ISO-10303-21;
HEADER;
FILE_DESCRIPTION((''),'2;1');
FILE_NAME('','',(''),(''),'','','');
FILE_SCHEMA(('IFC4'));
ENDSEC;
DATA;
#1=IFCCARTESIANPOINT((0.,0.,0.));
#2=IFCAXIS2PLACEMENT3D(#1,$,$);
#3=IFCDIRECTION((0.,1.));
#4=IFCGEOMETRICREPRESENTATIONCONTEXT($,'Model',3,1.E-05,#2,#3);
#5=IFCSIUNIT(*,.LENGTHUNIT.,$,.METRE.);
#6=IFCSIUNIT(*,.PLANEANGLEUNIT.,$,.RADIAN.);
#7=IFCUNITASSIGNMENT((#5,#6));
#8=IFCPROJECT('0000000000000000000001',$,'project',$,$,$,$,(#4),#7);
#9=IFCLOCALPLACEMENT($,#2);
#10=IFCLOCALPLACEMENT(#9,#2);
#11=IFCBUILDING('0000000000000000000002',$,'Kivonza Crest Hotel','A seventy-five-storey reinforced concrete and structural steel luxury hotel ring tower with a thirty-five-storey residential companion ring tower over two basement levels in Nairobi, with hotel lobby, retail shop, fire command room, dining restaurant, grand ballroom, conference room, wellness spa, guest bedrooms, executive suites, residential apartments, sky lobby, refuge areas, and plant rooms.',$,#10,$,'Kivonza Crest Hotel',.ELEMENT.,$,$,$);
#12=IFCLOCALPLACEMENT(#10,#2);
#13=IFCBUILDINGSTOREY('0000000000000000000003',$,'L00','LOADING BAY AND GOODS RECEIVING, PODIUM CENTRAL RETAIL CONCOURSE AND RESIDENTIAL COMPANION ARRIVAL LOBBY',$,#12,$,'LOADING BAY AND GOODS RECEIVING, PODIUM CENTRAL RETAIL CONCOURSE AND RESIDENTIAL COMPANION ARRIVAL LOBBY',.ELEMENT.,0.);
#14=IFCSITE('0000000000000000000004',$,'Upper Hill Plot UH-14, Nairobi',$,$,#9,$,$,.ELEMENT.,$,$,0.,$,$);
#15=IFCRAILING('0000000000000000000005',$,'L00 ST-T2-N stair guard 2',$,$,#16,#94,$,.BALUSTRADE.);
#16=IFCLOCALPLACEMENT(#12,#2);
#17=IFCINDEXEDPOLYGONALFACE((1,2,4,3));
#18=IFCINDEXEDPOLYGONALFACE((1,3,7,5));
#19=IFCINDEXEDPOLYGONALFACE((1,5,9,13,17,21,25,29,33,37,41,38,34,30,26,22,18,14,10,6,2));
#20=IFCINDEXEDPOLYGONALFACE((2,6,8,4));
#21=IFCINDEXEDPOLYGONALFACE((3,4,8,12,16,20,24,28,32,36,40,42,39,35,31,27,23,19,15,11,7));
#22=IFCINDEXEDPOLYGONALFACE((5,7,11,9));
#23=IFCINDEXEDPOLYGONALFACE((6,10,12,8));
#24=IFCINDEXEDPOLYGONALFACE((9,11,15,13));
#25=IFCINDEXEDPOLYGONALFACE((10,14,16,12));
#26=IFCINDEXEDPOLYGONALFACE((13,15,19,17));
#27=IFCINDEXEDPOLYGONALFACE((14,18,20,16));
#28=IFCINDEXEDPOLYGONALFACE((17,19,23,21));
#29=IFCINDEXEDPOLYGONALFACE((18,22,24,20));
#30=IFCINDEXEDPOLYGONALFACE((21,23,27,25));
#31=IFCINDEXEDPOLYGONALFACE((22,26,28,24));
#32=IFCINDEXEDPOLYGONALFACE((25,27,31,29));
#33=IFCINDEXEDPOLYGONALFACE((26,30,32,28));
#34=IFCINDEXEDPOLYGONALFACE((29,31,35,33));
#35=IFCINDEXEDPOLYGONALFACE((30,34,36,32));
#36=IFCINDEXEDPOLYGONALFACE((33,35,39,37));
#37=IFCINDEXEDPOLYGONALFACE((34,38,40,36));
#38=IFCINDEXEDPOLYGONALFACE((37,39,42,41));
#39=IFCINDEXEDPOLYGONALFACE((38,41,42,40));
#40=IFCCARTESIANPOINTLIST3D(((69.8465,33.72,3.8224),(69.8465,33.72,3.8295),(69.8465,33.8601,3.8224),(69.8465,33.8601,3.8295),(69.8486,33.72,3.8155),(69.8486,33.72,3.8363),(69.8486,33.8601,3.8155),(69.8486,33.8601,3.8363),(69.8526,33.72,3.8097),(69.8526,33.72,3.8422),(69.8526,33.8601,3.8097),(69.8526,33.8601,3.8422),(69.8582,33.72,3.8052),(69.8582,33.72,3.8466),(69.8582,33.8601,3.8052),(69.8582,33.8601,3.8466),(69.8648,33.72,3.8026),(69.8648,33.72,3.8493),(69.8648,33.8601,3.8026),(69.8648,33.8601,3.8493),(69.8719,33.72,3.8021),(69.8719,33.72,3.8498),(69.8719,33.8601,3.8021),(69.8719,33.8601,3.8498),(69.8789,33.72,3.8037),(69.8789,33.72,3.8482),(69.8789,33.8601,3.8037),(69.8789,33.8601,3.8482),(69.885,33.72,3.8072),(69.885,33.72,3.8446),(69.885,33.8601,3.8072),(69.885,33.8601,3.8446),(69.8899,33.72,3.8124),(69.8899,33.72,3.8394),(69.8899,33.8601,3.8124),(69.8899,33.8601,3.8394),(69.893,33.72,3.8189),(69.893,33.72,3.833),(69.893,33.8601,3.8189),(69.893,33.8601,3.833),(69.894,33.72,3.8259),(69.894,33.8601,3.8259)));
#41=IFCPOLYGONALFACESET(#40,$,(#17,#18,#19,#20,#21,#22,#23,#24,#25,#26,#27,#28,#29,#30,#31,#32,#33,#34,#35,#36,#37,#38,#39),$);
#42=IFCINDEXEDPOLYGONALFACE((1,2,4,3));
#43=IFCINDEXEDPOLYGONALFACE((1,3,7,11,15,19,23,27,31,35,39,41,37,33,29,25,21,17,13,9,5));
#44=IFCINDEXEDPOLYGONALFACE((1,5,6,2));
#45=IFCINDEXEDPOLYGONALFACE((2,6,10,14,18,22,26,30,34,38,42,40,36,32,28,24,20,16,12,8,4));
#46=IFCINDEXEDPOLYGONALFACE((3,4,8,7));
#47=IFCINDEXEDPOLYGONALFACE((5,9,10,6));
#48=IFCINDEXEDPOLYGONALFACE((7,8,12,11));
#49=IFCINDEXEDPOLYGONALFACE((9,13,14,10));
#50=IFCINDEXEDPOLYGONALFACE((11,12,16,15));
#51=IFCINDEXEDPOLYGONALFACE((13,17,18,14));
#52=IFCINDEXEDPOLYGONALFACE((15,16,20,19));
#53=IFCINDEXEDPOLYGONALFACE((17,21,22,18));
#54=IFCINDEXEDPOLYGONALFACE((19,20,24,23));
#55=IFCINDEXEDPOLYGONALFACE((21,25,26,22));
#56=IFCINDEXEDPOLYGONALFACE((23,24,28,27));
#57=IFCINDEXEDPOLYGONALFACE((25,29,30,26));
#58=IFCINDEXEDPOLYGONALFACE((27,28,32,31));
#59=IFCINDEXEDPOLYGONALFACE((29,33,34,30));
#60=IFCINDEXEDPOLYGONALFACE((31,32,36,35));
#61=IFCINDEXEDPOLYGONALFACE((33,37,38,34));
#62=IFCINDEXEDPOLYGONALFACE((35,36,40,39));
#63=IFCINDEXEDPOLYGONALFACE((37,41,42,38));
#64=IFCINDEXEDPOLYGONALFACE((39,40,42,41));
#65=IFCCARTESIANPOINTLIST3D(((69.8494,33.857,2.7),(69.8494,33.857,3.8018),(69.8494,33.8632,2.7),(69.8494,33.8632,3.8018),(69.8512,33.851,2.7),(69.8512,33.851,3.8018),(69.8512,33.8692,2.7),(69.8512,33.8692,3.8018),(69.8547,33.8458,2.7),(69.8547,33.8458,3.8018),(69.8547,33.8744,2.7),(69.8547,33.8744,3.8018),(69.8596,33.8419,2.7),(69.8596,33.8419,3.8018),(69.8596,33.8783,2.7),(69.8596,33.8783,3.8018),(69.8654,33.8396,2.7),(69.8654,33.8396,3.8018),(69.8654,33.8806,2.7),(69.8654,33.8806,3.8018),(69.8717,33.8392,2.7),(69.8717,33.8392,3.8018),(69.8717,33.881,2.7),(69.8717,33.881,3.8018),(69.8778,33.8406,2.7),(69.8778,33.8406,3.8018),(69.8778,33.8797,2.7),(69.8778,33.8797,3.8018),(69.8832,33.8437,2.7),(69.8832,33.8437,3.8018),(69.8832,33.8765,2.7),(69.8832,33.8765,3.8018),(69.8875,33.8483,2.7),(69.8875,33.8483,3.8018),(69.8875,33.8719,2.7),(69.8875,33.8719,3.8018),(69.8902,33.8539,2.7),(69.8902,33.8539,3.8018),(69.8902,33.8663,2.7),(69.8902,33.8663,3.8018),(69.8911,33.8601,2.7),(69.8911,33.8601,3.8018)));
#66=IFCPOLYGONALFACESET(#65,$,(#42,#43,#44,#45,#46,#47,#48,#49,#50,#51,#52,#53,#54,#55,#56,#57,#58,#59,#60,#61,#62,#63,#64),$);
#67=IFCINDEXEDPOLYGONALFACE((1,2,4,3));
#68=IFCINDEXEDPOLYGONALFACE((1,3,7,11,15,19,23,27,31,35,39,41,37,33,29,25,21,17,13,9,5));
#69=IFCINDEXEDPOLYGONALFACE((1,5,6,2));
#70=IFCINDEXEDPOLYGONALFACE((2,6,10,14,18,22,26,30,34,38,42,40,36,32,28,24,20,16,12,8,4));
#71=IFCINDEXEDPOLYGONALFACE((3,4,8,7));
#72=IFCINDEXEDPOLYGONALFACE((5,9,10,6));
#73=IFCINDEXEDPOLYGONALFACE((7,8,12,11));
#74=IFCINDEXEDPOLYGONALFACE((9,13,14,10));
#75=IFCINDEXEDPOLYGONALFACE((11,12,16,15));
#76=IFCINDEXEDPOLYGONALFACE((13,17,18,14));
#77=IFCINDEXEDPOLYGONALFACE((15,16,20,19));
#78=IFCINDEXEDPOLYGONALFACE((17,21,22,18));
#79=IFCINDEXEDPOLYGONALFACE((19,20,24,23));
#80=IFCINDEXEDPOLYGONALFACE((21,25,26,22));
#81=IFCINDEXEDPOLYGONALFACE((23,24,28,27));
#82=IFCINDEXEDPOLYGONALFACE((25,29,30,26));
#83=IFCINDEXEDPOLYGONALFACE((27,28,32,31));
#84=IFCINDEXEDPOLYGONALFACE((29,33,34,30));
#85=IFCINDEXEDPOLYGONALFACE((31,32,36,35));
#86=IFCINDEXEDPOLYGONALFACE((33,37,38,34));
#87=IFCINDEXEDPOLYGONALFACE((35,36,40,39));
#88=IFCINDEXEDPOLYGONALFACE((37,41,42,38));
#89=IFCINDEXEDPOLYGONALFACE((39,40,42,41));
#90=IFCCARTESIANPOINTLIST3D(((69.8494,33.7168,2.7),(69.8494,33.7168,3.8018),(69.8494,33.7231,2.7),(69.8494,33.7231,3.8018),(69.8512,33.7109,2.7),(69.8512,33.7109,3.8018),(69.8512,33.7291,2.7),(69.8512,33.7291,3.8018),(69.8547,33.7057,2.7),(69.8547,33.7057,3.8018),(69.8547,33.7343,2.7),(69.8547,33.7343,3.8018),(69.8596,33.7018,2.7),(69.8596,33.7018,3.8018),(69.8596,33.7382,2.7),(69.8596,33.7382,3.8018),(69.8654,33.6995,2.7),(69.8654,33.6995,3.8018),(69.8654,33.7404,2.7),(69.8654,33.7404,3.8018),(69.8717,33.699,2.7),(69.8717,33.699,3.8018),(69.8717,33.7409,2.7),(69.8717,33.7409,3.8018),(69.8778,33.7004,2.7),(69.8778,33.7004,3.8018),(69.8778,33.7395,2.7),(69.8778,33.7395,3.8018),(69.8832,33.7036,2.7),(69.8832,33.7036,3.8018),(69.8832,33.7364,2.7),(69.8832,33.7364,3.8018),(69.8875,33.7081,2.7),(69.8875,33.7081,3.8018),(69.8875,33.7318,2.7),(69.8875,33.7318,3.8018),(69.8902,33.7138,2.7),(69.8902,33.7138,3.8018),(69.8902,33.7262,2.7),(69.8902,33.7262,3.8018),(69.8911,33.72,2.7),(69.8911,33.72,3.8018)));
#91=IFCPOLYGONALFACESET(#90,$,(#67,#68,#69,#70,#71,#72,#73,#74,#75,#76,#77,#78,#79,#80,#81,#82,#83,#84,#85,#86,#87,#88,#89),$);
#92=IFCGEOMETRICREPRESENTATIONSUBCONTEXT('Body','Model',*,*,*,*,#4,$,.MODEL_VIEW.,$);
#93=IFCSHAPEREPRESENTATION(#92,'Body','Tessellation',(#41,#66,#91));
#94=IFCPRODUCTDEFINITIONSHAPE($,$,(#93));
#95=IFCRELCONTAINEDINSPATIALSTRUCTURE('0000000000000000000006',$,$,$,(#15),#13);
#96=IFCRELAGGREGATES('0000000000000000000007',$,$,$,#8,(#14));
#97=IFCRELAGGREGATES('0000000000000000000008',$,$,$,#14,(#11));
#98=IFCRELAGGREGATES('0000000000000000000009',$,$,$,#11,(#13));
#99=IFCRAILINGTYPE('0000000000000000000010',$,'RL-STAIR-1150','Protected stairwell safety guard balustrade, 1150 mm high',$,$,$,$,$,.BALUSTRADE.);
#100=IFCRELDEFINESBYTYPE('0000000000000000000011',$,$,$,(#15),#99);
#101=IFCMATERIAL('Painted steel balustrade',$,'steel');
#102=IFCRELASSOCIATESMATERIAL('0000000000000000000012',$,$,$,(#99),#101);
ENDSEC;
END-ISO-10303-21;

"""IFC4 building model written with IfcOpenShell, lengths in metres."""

from ifc_helpers import new_model, si_unit, direction, frame, origin, origin_2d, place, context, subcontext, project, spatial, circle, extrude, material, type_object, element, save


model = new_model("IFC4")

# Units and contexts
model_context = context("Model", 3, precision=1e-05, world=origin(), true_north=direction((0.0, 1.0)))
body_context = subcontext(model_context, "Body", "Model", "MODEL_VIEW")
ifc_project = project(units=[si_unit("LENGTHUNIT", "METRE"), si_unit("PLANEANGLEUNIT", "RADIAN")], contexts=[model_context])

# Site, building, storey
site_placement = place(None, origin())
site = spatial("IfcSite", under=ifc_project, at=site_placement, Name="Upper Hill Plot UH-14, Nairobi", CompositionType="ELEMENT", RefElevation=0.0)
building_placement = place(site_placement, origin())
building = spatial("IfcBuilding", under=site, at=building_placement, Name="Kivonza Crest Hotel", Description="A seventy-five-storey reinforced concrete and structural steel luxury hotel ring tower with a thirty-five-storey residential companion ring tower over two basement levels in Nairobi, with hotel lobby, retail shop, fire command room, dining restaurant, grand ballroom, conference room, wellness spa, guest bedrooms, executive suites, residential apartments, sky lobby, refuge areas, and plant rooms.", LongName="Kivonza Crest Hotel", CompositionType="ELEMENT")
storey_placement = place(building_placement, origin())
storey = spatial("IfcBuildingStorey", under=building, at=storey_placement, Name="L00", Description="LOADING BAY AND GOODS RECEIVING, PODIUM CENTRAL RETAIL CONCOURSE AND RESIDENTIAL COMPANION ARRIVAL LOBBY", LongName="LOADING BAY AND GOODS RECEIVING, PODIUM CENTRAL RETAIL CONCOURSE AND RESIDENTIAL COMPANION ARRIVAL LOBBY", CompositionType="ELEMENT", Elevation=0.0)

# Railing
ifc_material_1 = material(Name="Painted steel balustrade", Category="steel")
railing_type_1 = type_object("IfcRailingType", Name="RL-STAIR-1150", Description="Protected stairwell safety guard balustrade, 1150 mm high", PredefinedType="BALUSTRADE", material=ifc_material_1)
railing_1_placement = place(storey_placement, frame((69.8701, 33.8601, 2.7)))
element("IfcRailing", 1, at=railing_1_placement, inside=storey, type_object=railing_type_1, Name="L00 ST-T2-N stair guard 2", PredefinedType="BALUSTRADE", context=body_context, shape_type="SweptSolid", body=[
    extrude(circle(Radius=0.0239, at=origin_2d()), frame((0.0, 0.0, 1.126), z_axis=(0.0, -1.0, 0.0), x_axis=(1.0, 0.0, 0.0)), (0.0, 0.0, 1.0), 0.1401),
    extrude(circle(Radius=0.021, at=origin_2d()), origin(), (0.0, 0.0, 1.0), 1.1018),
    extrude(circle(Radius=0.021, at=origin_2d()), frame((0.0, -0.1401, 0.0)), (0.0, 0.0, 1.0), 1.1018),
])

save(model, "model.ifc")
